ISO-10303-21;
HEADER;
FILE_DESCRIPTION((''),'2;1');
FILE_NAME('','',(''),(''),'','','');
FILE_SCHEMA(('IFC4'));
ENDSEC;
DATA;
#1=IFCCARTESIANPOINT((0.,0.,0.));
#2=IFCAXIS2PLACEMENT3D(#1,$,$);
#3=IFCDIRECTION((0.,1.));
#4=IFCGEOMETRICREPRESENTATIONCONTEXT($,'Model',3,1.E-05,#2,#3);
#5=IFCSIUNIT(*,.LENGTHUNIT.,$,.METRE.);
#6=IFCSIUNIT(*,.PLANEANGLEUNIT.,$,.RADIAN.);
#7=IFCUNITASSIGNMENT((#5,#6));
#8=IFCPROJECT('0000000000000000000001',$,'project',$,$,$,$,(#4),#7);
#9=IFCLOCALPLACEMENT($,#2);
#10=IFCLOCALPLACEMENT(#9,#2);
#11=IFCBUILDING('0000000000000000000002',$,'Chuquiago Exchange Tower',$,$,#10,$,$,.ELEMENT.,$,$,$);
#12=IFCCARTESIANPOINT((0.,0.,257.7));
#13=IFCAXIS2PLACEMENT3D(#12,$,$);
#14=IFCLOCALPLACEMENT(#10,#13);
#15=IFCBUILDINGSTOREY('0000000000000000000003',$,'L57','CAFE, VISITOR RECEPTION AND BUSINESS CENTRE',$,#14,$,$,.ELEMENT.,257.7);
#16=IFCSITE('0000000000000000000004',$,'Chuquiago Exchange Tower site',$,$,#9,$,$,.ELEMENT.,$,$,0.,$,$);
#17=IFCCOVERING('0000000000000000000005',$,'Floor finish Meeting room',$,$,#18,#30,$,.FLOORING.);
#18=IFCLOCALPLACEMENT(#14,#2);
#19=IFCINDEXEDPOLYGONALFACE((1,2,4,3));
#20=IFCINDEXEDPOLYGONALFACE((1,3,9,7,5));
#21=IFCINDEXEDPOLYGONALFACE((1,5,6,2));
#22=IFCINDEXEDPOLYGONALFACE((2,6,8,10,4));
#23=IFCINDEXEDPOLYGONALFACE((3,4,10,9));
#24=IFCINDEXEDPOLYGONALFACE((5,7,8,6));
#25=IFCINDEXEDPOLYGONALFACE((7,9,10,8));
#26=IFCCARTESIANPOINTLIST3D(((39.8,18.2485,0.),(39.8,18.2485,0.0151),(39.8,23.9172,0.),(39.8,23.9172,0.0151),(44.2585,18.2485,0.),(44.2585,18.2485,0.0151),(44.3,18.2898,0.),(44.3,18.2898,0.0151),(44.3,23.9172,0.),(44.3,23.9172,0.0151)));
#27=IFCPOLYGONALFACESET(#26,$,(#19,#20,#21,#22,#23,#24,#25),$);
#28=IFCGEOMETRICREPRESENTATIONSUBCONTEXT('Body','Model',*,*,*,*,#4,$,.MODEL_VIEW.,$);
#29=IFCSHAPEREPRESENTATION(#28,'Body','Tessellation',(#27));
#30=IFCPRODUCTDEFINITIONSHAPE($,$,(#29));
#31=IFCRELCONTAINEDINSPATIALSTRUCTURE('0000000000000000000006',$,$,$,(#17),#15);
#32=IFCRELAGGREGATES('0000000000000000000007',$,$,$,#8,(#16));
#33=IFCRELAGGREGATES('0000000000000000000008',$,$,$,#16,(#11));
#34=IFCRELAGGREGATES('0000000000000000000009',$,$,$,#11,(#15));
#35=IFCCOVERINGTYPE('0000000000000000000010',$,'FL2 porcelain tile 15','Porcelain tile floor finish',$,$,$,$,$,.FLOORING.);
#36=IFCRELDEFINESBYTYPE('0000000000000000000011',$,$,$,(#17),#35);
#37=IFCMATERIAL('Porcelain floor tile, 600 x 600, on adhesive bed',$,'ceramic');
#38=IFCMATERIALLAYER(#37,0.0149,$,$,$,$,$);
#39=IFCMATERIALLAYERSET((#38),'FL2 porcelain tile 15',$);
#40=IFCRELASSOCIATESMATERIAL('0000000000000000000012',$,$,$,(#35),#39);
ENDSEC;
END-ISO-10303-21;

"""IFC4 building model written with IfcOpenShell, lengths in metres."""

from ifc_helpers import new_model, si_unit, direction, frame, origin, place, context, subcontext, project, spatial, polyline, outline, extrude, material, layer, layer_set, type_object, element, save


model = new_model("IFC4")

# Units and contexts
model_context = context("Model", 3, precision=1e-05, world=origin(), true_north=direction((0.0, 1.0)))
body_context = subcontext(model_context, "Body", "Model", "MODEL_VIEW")
ifc_project = project(units=[si_unit("LENGTHUNIT", "METRE"), si_unit("PLANEANGLEUNIT", "RADIAN")], contexts=[model_context])

# Site, building, storey
site_placement = place(None, origin())
site = spatial("IfcSite", under=ifc_project, at=site_placement, Name="Chuquiago Exchange Tower site", CompositionType="ELEMENT", RefElevation=0.0)
building_placement = place(site_placement, origin())
building = spatial("IfcBuilding", under=site, at=building_placement, Name="Chuquiago Exchange Tower", CompositionType="ELEMENT")
storey_placement = place(building_placement, frame((0.0, 0.0, 257.7)))
storey = spatial("IfcBuildingStorey", under=building, at=storey_placement, Name="L57", Description="CAFE, VISITOR RECEPTION AND BUSINESS CENTRE", CompositionType="ELEMENT", Elevation=257.7)

# Covering
ifc_material_1 = material(Name="Porcelain floor tile, 600 x 600, on adhesive bed", Category="ceramic")
ifc_layer_1 = layer(ifc_material_1, 0.0149)
ifc_layer_set_1 = layer_set([ifc_layer_1], Name="FL2 porcelain tile 15")
covering_type_1 = type_object("IfcCoveringType", Name="FL2 porcelain tile 15", Description="Porcelain tile floor finish", PredefinedType="FLOORING", material=ifc_layer_set_1)
covering_1_placement = place(storey_placement, origin())
element("IfcCovering", 1, at=covering_1_placement, inside=storey, type_object=covering_type_1, Name="Floor finish Meeting room", PredefinedType="FLOORING", context=body_context, shape_type="SweptSolid", body=[
    extrude(outline(polyline([(44.3, 18.2898), (44.2585, 18.2485), (39.8, 18.2485), (39.8, 23.9172), (44.3, 23.9172), (44.3, 18.2898)])), origin(), (0.0, 0.0, 1.0), 0.0151),
])

save(model, "model.ifc")
